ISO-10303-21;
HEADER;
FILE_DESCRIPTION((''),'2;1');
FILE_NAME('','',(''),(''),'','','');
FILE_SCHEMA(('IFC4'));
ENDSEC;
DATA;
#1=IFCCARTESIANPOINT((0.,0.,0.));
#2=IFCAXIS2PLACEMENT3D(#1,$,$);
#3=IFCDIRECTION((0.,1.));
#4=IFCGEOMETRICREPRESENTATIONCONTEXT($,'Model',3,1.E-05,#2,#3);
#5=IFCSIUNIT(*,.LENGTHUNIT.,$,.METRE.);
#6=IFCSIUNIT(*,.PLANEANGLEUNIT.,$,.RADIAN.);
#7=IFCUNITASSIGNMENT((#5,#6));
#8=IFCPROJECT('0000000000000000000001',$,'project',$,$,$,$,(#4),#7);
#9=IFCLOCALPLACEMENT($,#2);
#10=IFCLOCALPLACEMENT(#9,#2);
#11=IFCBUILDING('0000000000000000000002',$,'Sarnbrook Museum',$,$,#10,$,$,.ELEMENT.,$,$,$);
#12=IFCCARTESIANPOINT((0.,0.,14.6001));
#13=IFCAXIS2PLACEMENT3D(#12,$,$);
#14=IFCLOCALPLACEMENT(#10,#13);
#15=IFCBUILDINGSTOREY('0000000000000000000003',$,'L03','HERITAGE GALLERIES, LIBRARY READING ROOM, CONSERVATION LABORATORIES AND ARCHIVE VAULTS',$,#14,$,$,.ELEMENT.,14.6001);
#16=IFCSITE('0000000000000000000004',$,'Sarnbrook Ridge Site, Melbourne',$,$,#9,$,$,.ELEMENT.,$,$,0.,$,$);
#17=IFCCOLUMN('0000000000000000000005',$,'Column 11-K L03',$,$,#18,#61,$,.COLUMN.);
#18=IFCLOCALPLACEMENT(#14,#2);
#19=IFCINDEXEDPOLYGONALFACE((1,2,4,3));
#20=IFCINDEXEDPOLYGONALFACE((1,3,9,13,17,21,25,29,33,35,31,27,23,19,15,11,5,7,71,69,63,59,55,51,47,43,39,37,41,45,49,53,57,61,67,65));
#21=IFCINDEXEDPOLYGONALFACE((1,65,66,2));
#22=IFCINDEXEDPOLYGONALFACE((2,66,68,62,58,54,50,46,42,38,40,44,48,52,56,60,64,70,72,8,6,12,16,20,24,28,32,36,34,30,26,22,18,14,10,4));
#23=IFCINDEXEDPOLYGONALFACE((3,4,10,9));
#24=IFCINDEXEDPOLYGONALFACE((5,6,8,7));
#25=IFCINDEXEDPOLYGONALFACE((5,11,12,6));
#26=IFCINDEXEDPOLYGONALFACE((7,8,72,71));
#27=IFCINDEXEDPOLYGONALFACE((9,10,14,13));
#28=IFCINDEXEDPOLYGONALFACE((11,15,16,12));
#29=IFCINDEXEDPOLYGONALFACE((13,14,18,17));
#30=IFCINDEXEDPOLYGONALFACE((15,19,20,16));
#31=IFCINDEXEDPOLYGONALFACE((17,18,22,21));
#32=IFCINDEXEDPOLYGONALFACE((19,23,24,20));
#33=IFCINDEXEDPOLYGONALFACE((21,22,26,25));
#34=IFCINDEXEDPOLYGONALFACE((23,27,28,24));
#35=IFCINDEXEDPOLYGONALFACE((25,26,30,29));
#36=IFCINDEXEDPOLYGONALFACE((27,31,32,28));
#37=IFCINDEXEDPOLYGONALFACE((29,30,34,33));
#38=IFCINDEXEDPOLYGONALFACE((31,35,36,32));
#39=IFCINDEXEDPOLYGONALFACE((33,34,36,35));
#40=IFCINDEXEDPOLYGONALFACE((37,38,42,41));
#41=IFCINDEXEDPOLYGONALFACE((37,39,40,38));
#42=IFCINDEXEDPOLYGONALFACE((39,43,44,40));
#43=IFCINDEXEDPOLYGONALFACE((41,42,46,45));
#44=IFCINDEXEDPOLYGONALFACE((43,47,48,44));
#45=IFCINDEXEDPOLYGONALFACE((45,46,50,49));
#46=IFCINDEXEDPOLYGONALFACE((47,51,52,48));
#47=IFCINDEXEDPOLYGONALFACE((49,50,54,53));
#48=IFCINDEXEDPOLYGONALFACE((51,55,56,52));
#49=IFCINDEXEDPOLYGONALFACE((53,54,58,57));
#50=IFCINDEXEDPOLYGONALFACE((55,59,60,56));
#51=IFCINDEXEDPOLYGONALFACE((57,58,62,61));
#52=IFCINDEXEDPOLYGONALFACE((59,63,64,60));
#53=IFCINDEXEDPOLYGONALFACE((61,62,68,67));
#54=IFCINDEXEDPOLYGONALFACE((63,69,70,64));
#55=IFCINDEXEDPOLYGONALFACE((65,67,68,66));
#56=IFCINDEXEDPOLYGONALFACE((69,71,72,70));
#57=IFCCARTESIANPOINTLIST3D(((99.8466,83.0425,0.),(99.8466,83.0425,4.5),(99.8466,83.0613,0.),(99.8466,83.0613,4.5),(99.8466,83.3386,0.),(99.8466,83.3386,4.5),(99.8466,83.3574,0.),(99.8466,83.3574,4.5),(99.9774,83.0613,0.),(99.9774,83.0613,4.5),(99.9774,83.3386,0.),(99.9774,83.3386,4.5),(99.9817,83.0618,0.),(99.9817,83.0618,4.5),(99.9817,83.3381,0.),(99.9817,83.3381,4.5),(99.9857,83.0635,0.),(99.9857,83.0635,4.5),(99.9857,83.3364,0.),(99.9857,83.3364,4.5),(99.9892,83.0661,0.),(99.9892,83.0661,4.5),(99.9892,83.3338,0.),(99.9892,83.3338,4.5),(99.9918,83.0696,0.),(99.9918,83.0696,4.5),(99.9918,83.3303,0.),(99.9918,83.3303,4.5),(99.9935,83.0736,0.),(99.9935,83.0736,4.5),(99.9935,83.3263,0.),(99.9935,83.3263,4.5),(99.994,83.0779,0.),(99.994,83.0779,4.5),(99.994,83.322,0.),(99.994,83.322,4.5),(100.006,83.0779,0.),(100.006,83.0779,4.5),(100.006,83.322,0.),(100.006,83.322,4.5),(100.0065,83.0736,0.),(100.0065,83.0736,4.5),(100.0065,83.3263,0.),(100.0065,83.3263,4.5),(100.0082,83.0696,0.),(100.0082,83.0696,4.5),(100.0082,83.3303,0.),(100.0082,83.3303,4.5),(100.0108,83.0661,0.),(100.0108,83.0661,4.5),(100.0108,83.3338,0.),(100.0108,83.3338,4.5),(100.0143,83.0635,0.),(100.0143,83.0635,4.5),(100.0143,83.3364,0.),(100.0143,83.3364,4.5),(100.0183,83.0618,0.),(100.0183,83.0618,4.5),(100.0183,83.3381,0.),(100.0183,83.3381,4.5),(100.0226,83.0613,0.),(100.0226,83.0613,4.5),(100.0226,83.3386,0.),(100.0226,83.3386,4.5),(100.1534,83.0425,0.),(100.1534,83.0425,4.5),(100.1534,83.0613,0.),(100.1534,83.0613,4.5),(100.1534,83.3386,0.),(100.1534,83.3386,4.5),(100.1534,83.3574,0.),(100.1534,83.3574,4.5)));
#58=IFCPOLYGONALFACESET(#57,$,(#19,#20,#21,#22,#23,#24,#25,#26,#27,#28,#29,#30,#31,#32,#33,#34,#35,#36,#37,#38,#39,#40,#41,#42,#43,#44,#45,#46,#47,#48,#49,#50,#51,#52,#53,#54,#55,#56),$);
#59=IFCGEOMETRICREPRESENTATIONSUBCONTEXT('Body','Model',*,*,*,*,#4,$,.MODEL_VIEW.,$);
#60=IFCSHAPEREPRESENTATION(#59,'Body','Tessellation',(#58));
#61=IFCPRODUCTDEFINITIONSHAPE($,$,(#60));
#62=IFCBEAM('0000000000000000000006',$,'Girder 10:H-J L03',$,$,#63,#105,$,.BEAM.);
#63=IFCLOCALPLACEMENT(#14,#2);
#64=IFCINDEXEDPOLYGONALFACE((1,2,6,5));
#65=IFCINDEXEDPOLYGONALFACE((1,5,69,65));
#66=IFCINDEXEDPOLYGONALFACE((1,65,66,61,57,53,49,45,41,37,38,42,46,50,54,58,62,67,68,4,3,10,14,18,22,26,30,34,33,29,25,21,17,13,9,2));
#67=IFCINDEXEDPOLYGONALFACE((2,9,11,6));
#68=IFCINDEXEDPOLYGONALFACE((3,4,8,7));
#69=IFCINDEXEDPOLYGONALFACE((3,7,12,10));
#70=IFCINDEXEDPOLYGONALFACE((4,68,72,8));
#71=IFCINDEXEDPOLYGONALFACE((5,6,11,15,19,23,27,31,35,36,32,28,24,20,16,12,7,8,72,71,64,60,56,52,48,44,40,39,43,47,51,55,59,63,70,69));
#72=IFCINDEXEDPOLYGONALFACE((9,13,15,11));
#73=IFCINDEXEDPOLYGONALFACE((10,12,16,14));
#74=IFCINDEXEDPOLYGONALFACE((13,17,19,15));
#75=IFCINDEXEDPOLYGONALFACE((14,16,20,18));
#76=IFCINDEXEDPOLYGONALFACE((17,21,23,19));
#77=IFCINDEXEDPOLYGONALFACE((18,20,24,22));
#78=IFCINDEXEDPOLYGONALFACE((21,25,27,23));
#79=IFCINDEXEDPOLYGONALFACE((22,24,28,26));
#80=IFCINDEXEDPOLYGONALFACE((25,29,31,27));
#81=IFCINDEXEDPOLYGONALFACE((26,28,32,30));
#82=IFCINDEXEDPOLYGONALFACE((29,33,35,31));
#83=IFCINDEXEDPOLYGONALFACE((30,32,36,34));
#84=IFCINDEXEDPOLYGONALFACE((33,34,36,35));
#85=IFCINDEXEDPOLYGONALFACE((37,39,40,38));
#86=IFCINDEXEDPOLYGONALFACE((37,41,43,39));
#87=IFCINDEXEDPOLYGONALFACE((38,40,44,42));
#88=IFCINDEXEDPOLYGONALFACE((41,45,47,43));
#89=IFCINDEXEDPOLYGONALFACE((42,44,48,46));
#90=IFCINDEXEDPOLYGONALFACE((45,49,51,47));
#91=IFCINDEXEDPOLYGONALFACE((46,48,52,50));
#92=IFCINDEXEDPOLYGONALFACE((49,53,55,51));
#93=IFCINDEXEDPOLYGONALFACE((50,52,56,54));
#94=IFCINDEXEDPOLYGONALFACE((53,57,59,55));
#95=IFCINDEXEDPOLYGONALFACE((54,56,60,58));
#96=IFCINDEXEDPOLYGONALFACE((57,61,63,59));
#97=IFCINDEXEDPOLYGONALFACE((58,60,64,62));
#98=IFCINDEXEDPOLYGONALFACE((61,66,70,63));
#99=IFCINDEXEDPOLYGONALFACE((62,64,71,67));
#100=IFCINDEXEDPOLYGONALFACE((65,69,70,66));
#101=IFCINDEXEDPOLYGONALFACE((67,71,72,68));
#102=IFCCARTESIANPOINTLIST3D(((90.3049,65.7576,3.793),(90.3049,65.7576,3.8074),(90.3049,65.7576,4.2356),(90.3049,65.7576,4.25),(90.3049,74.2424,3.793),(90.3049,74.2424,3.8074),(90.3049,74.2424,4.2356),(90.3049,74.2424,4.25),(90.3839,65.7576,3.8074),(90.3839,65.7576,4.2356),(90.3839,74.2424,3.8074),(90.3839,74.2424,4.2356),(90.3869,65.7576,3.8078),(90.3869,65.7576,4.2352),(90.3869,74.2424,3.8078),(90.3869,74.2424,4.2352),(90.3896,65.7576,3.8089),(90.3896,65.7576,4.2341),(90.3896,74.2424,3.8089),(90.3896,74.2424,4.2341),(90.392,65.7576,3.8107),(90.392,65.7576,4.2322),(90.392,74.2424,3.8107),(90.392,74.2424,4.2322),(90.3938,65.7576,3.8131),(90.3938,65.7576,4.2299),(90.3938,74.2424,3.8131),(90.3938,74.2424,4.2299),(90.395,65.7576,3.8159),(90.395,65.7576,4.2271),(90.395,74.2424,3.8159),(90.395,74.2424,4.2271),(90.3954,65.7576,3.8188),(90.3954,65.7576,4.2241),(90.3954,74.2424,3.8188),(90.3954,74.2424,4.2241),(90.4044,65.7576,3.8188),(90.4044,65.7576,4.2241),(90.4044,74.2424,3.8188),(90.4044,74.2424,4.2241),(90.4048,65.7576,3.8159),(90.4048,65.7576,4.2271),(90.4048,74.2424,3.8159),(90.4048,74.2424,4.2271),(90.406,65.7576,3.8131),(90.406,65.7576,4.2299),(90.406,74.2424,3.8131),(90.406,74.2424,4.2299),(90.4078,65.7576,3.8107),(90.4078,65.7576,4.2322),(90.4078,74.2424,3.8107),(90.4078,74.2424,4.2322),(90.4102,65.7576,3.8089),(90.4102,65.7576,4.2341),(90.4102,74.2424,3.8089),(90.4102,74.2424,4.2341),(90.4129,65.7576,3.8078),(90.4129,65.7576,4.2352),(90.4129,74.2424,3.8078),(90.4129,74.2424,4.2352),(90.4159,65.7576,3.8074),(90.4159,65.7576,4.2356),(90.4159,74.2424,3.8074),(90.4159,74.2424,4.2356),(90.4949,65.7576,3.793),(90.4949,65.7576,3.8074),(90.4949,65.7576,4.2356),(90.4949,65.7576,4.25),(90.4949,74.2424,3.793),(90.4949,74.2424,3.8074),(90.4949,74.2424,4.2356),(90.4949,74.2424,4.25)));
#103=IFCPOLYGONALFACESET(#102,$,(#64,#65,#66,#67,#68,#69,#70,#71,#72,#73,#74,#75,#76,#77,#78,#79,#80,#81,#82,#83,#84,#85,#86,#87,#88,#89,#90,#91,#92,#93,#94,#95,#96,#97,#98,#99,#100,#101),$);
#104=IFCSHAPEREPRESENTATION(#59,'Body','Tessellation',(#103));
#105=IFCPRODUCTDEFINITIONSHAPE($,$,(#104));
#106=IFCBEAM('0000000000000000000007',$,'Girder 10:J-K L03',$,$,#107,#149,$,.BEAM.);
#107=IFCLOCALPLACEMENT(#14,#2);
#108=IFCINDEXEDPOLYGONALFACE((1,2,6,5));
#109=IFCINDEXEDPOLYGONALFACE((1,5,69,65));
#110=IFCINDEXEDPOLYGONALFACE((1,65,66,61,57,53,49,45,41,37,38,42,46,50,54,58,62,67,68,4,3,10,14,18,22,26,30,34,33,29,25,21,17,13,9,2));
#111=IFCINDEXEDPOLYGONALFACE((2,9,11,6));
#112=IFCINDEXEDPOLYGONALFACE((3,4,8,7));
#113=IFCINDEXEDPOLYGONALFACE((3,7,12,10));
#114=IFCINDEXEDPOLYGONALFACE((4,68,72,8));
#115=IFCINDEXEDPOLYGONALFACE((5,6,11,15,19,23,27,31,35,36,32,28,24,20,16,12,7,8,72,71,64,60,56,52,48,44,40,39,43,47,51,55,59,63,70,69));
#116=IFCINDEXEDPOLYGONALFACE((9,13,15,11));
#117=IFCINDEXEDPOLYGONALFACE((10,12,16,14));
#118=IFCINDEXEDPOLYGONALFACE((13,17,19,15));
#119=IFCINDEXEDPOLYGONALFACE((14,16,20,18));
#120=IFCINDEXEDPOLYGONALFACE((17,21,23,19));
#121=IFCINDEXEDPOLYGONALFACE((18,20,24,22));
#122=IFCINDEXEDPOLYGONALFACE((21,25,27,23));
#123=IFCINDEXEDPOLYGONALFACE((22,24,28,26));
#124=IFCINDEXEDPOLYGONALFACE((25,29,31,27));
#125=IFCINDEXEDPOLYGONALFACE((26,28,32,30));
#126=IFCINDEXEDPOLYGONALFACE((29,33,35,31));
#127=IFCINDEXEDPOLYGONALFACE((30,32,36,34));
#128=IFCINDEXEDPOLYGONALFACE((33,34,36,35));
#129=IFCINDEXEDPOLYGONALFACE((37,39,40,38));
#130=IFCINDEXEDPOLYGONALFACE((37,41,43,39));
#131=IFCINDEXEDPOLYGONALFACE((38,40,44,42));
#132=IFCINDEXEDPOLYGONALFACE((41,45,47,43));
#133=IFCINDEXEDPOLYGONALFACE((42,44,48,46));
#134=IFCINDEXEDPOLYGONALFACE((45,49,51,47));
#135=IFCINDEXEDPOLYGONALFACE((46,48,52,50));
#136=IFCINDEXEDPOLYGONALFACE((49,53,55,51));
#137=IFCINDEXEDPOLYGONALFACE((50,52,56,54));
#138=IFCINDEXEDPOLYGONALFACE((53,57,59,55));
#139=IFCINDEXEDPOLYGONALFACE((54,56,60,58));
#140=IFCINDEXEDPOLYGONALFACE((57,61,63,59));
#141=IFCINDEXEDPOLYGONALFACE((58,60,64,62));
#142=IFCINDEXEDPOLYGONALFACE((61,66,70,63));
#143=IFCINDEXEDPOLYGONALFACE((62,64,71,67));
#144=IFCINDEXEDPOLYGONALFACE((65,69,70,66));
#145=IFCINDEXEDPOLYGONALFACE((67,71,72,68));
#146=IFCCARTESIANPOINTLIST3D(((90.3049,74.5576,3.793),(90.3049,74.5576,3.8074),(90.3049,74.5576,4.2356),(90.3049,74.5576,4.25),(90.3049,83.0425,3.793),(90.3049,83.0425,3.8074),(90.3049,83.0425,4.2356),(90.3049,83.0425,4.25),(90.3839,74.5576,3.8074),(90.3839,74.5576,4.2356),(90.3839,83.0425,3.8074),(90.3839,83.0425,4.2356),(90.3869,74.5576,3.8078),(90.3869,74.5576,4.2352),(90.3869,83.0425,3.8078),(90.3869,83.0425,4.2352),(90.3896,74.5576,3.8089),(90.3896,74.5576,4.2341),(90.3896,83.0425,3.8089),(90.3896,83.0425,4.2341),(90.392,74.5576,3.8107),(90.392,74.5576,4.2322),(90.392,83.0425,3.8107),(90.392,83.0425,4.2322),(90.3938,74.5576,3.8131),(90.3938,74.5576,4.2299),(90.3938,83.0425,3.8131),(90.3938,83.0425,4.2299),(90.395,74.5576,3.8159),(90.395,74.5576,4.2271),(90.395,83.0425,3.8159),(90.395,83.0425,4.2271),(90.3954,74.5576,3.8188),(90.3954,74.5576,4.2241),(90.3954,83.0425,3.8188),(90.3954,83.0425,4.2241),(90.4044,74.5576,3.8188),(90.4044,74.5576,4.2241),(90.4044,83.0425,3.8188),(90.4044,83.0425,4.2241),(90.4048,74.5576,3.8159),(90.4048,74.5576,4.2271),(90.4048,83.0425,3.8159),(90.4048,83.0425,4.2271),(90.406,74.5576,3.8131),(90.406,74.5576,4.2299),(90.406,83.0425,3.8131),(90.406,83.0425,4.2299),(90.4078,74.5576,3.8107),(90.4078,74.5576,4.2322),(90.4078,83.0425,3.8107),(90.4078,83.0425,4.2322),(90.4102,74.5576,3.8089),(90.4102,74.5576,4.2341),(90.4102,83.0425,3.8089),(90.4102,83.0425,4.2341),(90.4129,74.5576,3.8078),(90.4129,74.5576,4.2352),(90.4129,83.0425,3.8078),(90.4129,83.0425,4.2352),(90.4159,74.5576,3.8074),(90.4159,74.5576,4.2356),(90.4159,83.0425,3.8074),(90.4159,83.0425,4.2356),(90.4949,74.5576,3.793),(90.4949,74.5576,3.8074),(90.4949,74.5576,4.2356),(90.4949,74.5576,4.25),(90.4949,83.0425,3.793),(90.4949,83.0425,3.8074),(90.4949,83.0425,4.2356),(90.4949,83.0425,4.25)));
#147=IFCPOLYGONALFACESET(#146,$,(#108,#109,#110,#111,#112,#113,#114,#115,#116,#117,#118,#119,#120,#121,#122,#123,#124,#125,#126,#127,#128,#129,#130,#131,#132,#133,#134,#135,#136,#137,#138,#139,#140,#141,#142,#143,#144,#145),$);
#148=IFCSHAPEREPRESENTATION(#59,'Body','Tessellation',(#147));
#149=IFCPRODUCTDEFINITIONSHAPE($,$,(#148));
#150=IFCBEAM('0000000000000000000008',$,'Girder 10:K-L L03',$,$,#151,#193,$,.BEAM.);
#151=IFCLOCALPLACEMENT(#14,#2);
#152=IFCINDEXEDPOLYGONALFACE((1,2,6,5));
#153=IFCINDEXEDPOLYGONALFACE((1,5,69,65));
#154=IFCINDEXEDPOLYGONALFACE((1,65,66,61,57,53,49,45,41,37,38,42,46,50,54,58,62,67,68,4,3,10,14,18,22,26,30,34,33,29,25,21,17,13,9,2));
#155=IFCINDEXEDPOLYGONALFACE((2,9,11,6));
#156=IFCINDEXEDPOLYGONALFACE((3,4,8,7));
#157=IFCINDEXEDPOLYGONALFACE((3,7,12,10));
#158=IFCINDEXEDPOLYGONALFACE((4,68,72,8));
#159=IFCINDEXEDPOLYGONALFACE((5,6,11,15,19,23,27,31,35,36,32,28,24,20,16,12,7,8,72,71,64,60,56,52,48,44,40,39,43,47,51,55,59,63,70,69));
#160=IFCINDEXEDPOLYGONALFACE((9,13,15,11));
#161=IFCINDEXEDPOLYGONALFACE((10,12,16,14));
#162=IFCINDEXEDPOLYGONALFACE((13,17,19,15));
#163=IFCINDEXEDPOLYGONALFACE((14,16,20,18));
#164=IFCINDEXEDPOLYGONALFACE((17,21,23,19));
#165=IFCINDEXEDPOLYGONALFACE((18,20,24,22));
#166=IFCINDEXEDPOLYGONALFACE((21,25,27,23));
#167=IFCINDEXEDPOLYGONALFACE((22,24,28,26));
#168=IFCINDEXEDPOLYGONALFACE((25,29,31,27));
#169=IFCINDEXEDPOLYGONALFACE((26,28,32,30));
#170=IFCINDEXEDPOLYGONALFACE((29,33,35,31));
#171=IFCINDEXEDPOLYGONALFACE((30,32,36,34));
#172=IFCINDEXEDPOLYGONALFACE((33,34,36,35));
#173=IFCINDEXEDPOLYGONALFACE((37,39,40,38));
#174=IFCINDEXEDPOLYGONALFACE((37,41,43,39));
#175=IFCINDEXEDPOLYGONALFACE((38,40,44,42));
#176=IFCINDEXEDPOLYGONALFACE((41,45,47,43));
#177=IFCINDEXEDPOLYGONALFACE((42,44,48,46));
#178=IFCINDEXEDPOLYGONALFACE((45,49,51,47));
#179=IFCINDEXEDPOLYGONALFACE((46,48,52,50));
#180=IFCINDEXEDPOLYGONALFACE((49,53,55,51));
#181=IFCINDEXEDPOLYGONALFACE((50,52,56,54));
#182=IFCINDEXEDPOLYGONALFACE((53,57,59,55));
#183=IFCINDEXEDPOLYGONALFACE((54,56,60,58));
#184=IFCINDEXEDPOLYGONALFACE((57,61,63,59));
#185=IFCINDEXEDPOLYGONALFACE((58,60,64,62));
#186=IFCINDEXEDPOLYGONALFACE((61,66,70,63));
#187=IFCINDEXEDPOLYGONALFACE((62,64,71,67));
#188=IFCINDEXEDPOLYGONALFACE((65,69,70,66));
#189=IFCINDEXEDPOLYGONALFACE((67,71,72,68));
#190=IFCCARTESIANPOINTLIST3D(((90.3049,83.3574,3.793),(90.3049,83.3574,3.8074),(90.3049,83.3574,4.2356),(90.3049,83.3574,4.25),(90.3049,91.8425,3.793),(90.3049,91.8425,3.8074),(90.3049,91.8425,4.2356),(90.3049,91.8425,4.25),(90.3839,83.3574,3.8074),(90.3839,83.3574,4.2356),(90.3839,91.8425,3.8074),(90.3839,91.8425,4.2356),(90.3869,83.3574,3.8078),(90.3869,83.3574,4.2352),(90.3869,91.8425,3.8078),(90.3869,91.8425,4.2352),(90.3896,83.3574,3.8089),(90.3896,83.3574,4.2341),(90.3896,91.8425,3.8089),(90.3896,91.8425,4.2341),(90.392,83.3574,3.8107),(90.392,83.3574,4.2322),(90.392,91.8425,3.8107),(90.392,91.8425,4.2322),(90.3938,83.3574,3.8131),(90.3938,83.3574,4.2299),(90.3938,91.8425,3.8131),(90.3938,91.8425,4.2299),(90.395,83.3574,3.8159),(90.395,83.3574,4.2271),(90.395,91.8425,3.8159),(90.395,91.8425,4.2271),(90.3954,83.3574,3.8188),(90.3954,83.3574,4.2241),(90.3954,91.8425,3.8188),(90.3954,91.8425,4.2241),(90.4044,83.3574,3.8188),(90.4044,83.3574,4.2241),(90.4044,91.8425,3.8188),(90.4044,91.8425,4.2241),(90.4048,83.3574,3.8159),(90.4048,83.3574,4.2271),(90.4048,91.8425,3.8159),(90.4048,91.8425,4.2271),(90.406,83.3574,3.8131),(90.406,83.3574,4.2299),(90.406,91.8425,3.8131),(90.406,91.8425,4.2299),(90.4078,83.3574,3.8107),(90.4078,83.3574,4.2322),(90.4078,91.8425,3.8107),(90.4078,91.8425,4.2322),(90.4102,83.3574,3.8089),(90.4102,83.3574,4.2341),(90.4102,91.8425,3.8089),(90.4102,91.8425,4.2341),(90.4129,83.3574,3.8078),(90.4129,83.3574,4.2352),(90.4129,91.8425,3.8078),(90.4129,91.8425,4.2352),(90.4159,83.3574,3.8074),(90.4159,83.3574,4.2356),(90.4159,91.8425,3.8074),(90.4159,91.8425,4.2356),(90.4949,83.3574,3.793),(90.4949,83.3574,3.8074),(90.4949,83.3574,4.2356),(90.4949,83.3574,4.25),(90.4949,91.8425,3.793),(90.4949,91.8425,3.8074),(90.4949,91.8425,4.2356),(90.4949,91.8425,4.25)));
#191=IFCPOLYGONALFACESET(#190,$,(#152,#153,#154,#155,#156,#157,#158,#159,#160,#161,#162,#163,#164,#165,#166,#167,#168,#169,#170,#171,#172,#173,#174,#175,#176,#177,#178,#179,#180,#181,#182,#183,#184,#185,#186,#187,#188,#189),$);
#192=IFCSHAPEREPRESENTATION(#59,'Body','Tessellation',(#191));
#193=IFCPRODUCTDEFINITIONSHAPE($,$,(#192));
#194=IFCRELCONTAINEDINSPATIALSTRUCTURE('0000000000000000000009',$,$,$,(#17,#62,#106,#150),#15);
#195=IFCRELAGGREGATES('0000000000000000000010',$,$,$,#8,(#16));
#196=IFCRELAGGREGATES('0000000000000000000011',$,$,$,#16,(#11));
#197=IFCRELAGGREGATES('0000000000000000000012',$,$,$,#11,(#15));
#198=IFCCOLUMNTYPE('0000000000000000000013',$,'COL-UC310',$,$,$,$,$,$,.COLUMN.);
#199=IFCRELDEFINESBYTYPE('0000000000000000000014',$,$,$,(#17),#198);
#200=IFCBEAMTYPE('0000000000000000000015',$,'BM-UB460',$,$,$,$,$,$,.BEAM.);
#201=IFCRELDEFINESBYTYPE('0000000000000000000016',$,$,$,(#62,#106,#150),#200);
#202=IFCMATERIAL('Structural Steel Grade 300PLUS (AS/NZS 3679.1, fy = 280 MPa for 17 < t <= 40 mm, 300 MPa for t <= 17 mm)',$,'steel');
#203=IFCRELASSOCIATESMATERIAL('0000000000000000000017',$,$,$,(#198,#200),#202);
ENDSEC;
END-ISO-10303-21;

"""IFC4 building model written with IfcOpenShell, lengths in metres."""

from ifc_helpers import new_model, si_unit, direction, frame, origin, origin_2d, place, context, subcontext, project, spatial, i_section, extrude, material, material_profile, profile_set, type_object, element, save


model = new_model("IFC4")

# Units and contexts
model_context = context("Model", 3, precision=1e-05, world=origin(), true_north=direction((0.0, 1.0)))
body_context = subcontext(model_context, "Body", "Model", "MODEL_VIEW")
ifc_project = project(units=[si_unit("LENGTHUNIT", "METRE"), si_unit("PLANEANGLEUNIT", "RADIAN")], contexts=[model_context])

# Site, building, storey
site_placement = place(None, origin())
site = spatial("IfcSite", under=ifc_project, at=site_placement, Name="Sarnbrook Ridge Site, Melbourne", CompositionType="ELEMENT", RefElevation=0.0)
building_placement = place(site_placement, origin())
building = spatial("IfcBuilding", under=site, at=building_placement, Name="Sarnbrook Museum", CompositionType="ELEMENT")
storey_placement = place(building_placement, frame((0.0, 0.0, 14.6001)))
storey = spatial("IfcBuildingStorey", under=building, at=storey_placement, Name="L03", Description="HERITAGE GALLERIES, LIBRARY READING ROOM, CONSERVATION LABORATORIES AND ARCHIVE VAULTS", CompositionType="ELEMENT", Elevation=14.6001)

# Column
ifc_material_1 = material(Name="Structural Steel Grade 300PLUS (AS/NZS 3679.1, fy = 280 MPa for 17 < t <= 40 mm, 300 MPa for t <= 17 mm)", Category="steel")
ifc_material_profile_1 = material_profile(ifc_material_1, i_section(OverallWidth=0.3069, OverallDepth=0.3149, WebThickness=0.012, FlangeThickness=0.0188, FilletRadius=0.0166, at=origin_2d()), Name="310UC118")
ifc_profile_set_1 = profile_set([ifc_material_profile_1], Name="Structural Steel Grade 300PLUS (AS/NZS 3679.1, fy = 280 MPa for 17 < t <= 40 mm, 300 MPa for t <= 17 mm)")
column_type = type_object("IfcColumnType", Name="COL-UC310", PredefinedType="COLUMN", material=ifc_profile_set_1)
column_placement = place(storey_placement, frame((100.0, 83.2, 0.0), z_axis=(0.0, 0.0, 1.0), x_axis=(1.0, 0.0, 0.0)))
element("IfcColumn", 1, at=column_placement, inside=storey, type_object=column_type, Name="Column 11-K L03", PredefinedType="COLUMN", context=body_context, shape_type="SweptSolid", body=[
    extrude(i_section(OverallWidth=0.3069, OverallDepth=0.3149, WebThickness=0.012, FlangeThickness=0.0188, FilletRadius=0.0166, at=origin_2d()), origin(), (0.0, 0.0, 1.0), 4.5),
])

# Beams
ifc_material_profile_2 = material_profile(ifc_material_1, i_section(OverallWidth=0.1899, OverallDepth=0.457, WebThickness=0.009, FlangeThickness=0.0144, FilletRadius=0.0115, at=origin_2d()), Name="460UB74.6")
ifc_profile_set_2 = profile_set([ifc_material_profile_2], Name="Structural Steel Grade 300PLUS (AS/NZS 3679.1, fy = 280 MPa for 17 < t <= 40 mm, 300 MPa for t <= 17 mm)")
beam_type_1 = type_object("IfcBeamType", Name="BM-UB460", PredefinedType="BEAM", material=ifc_profile_set_2)
for number, where, z_axis, x_axis, name in (
    (2, (90.3999, 65.7576, 4.0215), (0.0, 1.0, 0.0), (-1.0, 0.0, 0.0), "Girder 10:H-J L03"),
    (3, (90.3999, 74.5576, 4.0215), (0.0, 1.0, 0.0), (-1.0, 0.0, 0.0), "Girder 10:J-K L03"),
):
    element("IfcBeam", number, at=place(storey_placement, frame(where, z_axis=z_axis, x_axis=x_axis)), inside=storey, type_object=beam_type_1, Name=name, PredefinedType="BEAM", context=body_context, shape_type="SweptSolid", body=[
        extrude(i_section(OverallWidth=0.1899, OverallDepth=0.457, WebThickness=0.009, FlangeThickness=0.0144, FilletRadius=0.0115, at=origin_2d()), origin(), (0.0, 0.0, 1.0), 8.4849),
    ])
for number, where, z_axis, x_axis, name in (
    (4, (90.3999, 83.3574, 4.0215), (0.0, 1.0, 0.0), (-1.0, 0.0, 0.0), "Girder 10:K-L L03"),
):
    element("IfcBeam", number, at=place(storey_placement, frame(where, z_axis=z_axis, x_axis=x_axis)), inside=storey, type_object=beam_type_1, Name=name, PredefinedType="BEAM", context=body_context, shape_type="SweptSolid", body=[
        extrude(i_section(OverallWidth=0.1899, OverallDepth=0.457, WebThickness=0.009, FlangeThickness=0.0144, FilletRadius=0.0115, at=origin_2d()), origin(), (0.0, 0.0, 1.0), 8.4851),
    ])

save(model, "model.ifc")
